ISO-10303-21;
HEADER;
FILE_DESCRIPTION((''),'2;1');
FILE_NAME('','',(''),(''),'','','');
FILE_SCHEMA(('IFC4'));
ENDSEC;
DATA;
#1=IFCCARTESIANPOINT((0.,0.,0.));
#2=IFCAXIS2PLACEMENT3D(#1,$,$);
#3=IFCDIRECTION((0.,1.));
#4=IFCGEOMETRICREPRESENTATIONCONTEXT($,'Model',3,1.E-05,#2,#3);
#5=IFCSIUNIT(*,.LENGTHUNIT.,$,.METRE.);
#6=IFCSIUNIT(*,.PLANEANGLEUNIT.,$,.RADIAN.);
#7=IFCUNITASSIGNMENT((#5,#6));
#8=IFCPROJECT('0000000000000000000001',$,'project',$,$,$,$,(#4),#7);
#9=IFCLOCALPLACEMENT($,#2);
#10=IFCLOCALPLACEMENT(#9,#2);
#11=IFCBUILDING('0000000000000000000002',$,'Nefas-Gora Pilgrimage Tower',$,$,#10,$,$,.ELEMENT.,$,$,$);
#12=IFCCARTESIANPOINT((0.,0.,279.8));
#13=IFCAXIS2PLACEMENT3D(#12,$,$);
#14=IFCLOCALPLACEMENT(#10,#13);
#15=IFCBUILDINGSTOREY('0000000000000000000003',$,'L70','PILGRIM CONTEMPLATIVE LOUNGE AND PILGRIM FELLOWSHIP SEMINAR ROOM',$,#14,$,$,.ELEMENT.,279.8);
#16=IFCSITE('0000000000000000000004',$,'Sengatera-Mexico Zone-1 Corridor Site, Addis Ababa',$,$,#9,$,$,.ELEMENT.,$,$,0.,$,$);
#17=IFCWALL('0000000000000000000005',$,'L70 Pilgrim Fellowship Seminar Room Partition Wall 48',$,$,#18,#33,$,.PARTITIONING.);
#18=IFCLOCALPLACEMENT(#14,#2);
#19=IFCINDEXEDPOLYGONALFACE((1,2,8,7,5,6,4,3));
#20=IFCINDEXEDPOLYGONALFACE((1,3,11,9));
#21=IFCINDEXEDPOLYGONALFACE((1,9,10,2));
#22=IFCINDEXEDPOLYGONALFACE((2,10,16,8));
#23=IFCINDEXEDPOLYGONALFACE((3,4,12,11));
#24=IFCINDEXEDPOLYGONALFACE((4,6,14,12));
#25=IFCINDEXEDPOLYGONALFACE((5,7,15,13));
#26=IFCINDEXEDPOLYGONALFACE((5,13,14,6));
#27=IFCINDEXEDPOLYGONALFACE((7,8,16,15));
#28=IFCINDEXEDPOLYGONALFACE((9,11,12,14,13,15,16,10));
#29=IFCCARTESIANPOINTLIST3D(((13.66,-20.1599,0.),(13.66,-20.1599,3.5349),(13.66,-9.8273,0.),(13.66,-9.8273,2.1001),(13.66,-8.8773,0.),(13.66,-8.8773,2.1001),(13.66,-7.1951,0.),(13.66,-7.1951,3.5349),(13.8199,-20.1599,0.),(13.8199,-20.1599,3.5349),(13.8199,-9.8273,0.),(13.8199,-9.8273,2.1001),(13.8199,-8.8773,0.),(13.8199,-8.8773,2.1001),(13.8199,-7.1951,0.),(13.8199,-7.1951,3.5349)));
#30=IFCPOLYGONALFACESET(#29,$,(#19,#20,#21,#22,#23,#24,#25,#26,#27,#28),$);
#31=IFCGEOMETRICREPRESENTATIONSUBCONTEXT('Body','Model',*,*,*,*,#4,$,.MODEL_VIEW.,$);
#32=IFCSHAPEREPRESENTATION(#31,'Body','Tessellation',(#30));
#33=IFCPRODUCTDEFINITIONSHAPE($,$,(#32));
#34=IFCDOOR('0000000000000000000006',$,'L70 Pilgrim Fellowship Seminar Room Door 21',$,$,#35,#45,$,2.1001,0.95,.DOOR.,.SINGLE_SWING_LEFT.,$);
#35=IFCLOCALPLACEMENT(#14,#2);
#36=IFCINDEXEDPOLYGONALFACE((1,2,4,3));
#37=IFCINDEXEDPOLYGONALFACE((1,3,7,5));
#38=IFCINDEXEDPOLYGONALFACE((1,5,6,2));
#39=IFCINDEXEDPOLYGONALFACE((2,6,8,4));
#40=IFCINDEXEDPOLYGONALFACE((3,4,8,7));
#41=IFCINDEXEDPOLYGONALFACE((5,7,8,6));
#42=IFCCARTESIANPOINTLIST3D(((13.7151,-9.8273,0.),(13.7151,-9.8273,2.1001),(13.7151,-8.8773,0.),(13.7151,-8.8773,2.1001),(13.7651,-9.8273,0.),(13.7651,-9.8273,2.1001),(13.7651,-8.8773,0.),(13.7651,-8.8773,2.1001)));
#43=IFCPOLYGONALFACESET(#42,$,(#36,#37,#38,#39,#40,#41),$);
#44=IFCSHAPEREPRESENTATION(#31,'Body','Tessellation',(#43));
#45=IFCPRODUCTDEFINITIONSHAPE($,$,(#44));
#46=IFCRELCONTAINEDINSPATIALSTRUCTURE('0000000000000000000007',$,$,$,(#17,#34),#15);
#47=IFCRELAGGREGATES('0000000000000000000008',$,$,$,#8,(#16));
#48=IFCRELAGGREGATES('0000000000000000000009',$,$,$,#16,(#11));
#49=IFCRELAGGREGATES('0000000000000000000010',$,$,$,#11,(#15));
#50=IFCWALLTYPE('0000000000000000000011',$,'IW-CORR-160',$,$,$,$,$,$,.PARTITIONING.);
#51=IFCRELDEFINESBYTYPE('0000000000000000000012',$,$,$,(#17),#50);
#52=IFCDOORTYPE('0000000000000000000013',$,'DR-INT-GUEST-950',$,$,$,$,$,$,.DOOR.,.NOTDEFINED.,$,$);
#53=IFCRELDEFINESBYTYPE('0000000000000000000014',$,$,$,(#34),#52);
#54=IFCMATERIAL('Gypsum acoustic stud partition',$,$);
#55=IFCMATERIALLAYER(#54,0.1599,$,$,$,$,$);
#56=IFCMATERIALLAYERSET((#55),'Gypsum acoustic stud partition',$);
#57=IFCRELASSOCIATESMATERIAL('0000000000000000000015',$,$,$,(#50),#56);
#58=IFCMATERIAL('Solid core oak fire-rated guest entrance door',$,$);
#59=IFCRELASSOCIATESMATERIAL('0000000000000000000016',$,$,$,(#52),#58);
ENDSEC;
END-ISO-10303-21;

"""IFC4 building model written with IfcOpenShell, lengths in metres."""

from ifc_helpers import new_model, si_unit, direction, frame, frame_2d, origin, place, context, subcontext, project, spatial, rectangle, extrude, source, transform, mapped, material, layer, layer_set, type_object, element, fill, save


model = new_model("IFC4")

# Units and contexts
model_context = context("Model", 3, precision=1e-05, world=origin(), true_north=direction((0.0, 1.0)))
body_context = subcontext(model_context, "Body", "Model", "MODEL_VIEW")
ifc_project = project(units=[si_unit("LENGTHUNIT", "METRE"), si_unit("PLANEANGLEUNIT", "RADIAN")], contexts=[model_context])

# Site, building, storey
site_placement = place(None, origin())
site = spatial("IfcSite", under=ifc_project, at=site_placement, Name="Sengatera-Mexico Zone-1 Corridor Site, Addis Ababa", CompositionType="ELEMENT", RefElevation=0.0)
building_placement = place(site_placement, origin())
building = spatial("IfcBuilding", under=site, at=building_placement, Name="Nefas-Gora Pilgrimage Tower", CompositionType="ELEMENT")
storey_placement = place(building_placement, frame((0.0, 0.0, 279.8)))
storey = spatial("IfcBuildingStorey", under=building, at=storey_placement, Name="L70", Description="PILGRIM CONTEMPLATIVE LOUNGE AND PILGRIM FELLOWSHIP SEMINAR ROOM", CompositionType="ELEMENT", Elevation=279.8)

# Wall, opening, door
ifc_material_1 = material(Name="Gypsum acoustic stud partition")
ifc_layer_1 = layer(ifc_material_1, 0.1599)
ifc_layer_set_1 = layer_set([ifc_layer_1], Name="Gypsum acoustic stud partition")
wall_type_1 = type_object("IfcWallType", Name="IW-CORR-160", PredefinedType="PARTITIONING", material=ifc_layer_set_1)
shared_shape_1 = source(origin(), body_context, "Body", "SweptSolid", [
    extrude(rectangle(XDim=12.9648, YDim=0.1599, at=frame_2d((6.4824, 0.0))), origin(), (0.0, 0.0, 1.0), 3.5349),
])
wall_1_placement = place(storey_placement, frame((13.74, -20.1599, 0.0), z_axis=(0.0, 0.0, 1.0), x_axis=(0.0, 1.0, 0.0)))
wall_1 = element("IfcWall", 1, at=wall_1_placement, inside=storey, type_object=wall_type_1, Name="L70 Pilgrim Fellowship Seminar Room Partition Wall 48", PredefinedType="PARTITIONING", context=body_context, shape_type="MappedRepresentation", body=[
    mapped(shared_shape_1, transform((0.0, 0.0, 0.0), x_axis=(1.0, 0.0, 0.0), y_axis=(0.0, 1.0, 0.0), z_axis=(0.0, 0.0, 1.0), scale=1.0)),
])
opening_1_placement = place(wall_1_placement, frame((10.3325, 0.0, 0.0)))
opening_1 = element("IfcOpeningElement", 2, at=opening_1_placement, cuts=wall_1, PredefinedType="OPENING", context=body_context, shape_type="SweptSolid", body=[
    extrude(rectangle(XDim=0.95, YDim=2.1001, at=frame_2d((0.4751, 1.05))), frame((0.0, 0.0898, 0.0), z_axis=(0.0, -1.0, 0.0), x_axis=(1.0, 0.0, 0.0)), (0.0, 0.0, 1.0), 0.1799),
])
ifc_material_2 = material(Name="Solid core oak fire-rated guest entrance door")
door_type = type_object("IfcDoorType", Name="DR-INT-GUEST-950", OperationType="NOTDEFINED", PredefinedType="DOOR", material=ifc_material_2)
shared_shape_2 = source(origin(), body_context, "Body", "SweptSolid", [
    extrude(rectangle(XDim=0.95, YDim=2.1001, at=frame_2d((0.4751, 1.05))), frame((0.0, 0.0249, 0.0), z_axis=(0.0, -1.0, 0.0), x_axis=(1.0, 0.0, 0.0)), (0.0, 0.0, 1.0), 0.05),
])
door_placement = place(opening_1_placement, origin())
door = element("IfcDoor", 3, at=door_placement, inside=storey, type_object=door_type, Name="L70 Pilgrim Fellowship Seminar Room Door 21", OperationType="SINGLE_SWING_LEFT", OverallHeight=2.1001, OverallWidth=0.95, PredefinedType="DOOR", context=body_context, shape_type="MappedRepresentation", body=[
    mapped(shared_shape_2, transform((0.0, 0.0, 0.0), x_axis=(1.0, 0.0, 0.0), y_axis=(0.0, 1.0, 0.0), z_axis=(0.0, 0.0, 1.0), scale=1.0)),
])
fill(opening_1, door)

save(model, "model.ifc")
